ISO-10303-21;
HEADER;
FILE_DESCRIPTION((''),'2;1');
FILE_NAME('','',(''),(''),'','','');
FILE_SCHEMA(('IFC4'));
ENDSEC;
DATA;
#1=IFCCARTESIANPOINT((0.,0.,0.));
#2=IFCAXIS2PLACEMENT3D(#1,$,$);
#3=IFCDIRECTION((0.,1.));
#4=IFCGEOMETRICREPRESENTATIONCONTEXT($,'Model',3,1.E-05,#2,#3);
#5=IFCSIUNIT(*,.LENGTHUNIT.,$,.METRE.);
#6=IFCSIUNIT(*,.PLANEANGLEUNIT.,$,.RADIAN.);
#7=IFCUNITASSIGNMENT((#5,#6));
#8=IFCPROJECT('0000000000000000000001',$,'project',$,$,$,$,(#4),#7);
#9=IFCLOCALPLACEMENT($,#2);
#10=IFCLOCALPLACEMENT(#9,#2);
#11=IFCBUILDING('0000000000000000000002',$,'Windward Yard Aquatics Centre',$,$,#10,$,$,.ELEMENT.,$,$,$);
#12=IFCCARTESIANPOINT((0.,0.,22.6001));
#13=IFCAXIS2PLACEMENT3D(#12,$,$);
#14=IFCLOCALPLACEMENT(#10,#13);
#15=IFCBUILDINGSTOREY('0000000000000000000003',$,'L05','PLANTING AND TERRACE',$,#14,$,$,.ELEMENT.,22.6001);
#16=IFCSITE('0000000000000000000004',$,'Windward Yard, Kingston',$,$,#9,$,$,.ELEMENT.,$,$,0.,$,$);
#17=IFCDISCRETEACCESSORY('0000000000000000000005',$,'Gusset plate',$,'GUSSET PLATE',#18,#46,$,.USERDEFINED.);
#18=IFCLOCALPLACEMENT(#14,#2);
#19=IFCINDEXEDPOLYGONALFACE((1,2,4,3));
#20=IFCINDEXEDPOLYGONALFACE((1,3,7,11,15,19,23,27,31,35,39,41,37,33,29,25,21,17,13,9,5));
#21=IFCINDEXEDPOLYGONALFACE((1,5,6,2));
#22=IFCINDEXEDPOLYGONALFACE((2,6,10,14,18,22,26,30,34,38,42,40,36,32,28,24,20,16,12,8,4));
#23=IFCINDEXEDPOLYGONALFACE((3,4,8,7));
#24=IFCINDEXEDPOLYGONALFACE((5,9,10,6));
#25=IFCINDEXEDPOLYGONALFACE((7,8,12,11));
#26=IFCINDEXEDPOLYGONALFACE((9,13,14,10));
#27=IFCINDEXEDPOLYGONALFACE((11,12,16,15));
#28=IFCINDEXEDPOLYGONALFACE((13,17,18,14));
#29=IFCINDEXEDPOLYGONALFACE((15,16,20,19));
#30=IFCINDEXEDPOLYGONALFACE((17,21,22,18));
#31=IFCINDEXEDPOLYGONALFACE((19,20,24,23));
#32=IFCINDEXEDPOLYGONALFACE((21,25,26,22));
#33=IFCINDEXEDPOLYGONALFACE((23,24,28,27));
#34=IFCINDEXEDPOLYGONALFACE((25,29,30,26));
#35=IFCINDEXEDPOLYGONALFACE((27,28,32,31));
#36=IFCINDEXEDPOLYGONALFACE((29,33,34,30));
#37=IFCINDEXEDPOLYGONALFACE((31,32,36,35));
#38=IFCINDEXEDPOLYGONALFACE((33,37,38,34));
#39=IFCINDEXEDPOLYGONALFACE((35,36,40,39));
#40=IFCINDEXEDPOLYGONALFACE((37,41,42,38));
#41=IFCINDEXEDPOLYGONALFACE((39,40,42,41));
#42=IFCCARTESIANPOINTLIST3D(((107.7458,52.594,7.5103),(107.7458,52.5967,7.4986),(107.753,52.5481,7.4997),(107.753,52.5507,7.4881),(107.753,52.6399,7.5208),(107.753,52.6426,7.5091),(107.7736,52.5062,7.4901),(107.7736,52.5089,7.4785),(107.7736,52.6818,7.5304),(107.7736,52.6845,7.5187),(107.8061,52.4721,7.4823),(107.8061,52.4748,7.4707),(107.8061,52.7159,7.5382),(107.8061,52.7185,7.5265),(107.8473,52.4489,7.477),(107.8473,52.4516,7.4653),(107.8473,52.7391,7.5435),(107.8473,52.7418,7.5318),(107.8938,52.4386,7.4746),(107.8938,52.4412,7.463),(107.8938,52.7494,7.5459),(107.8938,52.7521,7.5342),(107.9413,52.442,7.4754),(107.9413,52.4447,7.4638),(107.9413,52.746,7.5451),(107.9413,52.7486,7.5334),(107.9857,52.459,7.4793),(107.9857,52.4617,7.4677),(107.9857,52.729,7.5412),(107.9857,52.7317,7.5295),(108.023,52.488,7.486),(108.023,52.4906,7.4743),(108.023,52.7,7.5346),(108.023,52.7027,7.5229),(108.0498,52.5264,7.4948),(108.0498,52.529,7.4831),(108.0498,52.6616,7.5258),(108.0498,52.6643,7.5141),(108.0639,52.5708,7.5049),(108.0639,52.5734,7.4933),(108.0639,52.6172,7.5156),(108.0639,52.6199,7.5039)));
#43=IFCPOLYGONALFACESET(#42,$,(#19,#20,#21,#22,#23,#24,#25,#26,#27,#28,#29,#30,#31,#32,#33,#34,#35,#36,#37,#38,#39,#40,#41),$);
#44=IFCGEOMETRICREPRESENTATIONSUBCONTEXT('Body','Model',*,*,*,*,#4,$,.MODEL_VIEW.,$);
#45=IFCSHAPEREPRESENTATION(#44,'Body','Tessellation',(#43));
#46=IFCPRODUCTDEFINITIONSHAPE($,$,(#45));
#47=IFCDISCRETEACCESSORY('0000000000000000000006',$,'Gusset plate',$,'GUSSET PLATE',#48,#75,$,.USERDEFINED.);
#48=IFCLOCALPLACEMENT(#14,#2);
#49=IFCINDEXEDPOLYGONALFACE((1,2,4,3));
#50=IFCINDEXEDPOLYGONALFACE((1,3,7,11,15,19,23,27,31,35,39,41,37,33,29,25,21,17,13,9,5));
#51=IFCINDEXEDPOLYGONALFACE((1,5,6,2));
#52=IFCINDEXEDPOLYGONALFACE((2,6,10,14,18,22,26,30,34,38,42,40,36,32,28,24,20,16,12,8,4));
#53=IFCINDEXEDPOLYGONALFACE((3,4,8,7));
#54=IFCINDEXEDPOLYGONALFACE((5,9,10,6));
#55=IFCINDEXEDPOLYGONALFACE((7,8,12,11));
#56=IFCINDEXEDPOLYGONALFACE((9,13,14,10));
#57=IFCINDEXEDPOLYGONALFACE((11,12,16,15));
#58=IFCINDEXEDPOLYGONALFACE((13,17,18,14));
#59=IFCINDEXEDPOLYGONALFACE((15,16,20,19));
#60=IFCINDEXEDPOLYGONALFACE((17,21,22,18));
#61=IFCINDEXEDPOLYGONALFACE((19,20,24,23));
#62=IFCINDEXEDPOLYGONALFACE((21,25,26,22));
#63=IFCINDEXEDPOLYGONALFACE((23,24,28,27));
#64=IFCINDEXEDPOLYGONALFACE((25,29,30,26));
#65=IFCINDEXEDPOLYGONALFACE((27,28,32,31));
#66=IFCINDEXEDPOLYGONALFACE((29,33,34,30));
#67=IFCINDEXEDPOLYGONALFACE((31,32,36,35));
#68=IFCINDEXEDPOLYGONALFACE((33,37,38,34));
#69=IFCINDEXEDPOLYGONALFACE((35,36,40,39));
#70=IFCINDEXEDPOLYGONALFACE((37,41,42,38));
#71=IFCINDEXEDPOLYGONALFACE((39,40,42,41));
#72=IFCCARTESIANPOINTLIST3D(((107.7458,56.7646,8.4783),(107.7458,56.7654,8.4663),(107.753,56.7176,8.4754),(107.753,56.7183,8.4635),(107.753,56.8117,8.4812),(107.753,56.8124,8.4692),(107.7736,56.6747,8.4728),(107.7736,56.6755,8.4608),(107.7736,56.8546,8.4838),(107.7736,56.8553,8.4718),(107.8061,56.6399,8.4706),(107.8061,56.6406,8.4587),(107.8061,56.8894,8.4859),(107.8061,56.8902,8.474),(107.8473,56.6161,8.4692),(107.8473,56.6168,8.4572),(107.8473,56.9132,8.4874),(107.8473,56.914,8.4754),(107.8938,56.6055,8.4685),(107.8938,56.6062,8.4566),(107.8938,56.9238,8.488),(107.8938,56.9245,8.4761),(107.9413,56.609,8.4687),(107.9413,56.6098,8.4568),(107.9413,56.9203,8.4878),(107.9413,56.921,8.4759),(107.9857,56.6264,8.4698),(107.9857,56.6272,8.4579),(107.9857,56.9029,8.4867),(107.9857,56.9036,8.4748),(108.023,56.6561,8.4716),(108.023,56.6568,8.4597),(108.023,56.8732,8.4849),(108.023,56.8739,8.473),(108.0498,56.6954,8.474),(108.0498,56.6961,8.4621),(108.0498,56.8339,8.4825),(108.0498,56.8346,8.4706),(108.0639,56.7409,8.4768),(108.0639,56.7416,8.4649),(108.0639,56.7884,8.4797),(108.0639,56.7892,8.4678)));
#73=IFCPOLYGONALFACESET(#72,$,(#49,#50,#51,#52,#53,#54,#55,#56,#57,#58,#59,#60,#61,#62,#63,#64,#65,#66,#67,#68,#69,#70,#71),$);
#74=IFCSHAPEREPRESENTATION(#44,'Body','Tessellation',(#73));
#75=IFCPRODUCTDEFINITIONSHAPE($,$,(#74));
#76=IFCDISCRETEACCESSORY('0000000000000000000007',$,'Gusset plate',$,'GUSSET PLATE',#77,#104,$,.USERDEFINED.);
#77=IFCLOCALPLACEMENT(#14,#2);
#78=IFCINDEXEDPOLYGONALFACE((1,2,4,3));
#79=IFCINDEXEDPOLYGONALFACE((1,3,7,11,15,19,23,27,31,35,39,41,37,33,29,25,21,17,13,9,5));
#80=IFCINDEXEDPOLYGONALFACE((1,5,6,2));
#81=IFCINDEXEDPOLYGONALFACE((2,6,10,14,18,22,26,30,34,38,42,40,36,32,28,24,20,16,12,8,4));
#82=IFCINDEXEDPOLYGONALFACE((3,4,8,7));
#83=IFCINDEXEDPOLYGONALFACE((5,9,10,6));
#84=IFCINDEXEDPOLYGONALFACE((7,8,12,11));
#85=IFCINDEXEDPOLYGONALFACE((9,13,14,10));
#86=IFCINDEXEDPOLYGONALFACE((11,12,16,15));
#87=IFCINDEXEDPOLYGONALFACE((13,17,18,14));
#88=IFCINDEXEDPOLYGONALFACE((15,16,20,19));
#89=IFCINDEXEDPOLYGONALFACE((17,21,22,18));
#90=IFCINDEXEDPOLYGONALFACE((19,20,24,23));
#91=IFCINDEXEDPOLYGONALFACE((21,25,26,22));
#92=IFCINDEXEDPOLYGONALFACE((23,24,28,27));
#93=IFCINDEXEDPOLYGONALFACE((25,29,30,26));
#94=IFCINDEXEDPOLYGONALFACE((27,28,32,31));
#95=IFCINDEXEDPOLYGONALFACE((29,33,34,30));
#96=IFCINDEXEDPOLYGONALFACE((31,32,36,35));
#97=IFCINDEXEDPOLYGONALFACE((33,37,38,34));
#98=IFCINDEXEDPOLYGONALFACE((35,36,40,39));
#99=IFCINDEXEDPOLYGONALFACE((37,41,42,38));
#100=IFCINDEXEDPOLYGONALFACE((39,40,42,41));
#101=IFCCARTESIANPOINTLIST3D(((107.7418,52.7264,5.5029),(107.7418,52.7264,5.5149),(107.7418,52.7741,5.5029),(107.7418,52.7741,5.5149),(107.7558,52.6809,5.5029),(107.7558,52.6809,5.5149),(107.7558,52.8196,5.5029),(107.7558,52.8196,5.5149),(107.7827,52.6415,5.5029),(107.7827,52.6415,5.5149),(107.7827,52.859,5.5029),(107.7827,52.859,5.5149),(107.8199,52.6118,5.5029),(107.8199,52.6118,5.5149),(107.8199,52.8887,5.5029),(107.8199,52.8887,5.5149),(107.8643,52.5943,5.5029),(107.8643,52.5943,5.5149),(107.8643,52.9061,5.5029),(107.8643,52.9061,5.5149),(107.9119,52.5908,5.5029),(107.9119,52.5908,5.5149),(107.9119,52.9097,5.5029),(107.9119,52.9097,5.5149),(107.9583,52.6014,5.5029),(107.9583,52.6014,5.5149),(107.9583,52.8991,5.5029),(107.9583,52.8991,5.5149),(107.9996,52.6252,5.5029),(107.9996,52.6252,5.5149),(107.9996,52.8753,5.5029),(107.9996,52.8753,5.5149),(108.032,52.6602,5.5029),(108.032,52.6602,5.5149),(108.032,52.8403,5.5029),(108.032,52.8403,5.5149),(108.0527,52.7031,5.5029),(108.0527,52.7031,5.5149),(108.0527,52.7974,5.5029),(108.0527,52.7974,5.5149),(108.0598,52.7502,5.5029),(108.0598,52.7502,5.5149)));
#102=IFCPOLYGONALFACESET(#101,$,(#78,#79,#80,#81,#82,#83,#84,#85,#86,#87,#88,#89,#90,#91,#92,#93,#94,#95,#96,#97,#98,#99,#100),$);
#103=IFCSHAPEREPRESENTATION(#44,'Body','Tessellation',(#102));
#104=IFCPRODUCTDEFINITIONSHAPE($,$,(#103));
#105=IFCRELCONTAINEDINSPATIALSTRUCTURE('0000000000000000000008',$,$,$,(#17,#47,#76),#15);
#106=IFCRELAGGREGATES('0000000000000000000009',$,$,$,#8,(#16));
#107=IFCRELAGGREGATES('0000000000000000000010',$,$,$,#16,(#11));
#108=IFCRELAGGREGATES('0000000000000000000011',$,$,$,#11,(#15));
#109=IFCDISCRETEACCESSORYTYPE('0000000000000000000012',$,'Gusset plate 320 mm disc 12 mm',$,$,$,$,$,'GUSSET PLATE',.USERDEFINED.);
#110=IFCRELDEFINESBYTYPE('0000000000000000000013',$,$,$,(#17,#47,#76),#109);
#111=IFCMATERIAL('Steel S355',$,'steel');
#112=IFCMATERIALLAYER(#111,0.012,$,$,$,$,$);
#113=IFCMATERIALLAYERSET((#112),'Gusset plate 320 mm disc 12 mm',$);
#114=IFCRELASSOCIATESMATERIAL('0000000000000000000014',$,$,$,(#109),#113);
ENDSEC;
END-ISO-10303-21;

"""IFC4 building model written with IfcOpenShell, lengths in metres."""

from ifc_helpers import new_model, si_unit, direction, frame, origin, origin_2d, place, context, subcontext, project, spatial, circle, extrude, material, layer, layer_set, type_object, element, save


model = new_model("IFC4")

# Units and contexts
model_context = context("Model", 3, precision=1e-05, world=origin(), true_north=direction((0.0, 1.0)))
body_context = subcontext(model_context, "Body", "Model", "MODEL_VIEW")
ifc_project = project(units=[si_unit("LENGTHUNIT", "METRE"), si_unit("PLANEANGLEUNIT", "RADIAN")], contexts=[model_context])

# Site, building, storey
site_placement = place(None, origin())
site = spatial("IfcSite", under=ifc_project, at=site_placement, Name="Windward Yard, Kingston", CompositionType="ELEMENT", RefElevation=0.0)
building_placement = place(site_placement, origin())
building = spatial("IfcBuilding", under=site, at=building_placement, Name="Windward Yard Aquatics Centre", CompositionType="ELEMENT")
storey_placement = place(building_placement, frame((0.0, 0.0, 22.6001)))
storey = spatial("IfcBuildingStorey", under=building, at=storey_placement, Name="L05", Description="PLANTING AND TERRACE", CompositionType="ELEMENT", Elevation=22.6001)

# Discrete accessories
ifc_material_1 = material(Name="Steel S355", Category="steel")
ifc_layer_1 = layer(ifc_material_1, 0.012)
ifc_layer_set_1 = layer_set([ifc_layer_1], Name="Gusset plate 320 mm disc 12 mm")
discrete_accessory_type_1 = type_object("IfcDiscreteAccessoryType", Name="Gusset plate 320 mm disc 12 mm", ElementType="GUSSET PLATE", PredefinedType="USERDEFINED", material=ifc_layer_set_1)
for number, where, z_axis, x_axis, name in (
    (1, (107.9058, 52.594, 7.5103), (0.0, 0.223376, -0.974732), (-1.0, 0.0, 0.0), "Gusset plate"),
    (2, (107.9058, 56.7646, 8.4783), (0.0, 0.06111, -0.998131), (-1.0, 0.0, 0.0), "Gusset plate"),
    (3, (107.8999, 52.7502, 5.5029), (0.0, 0.0, 1.0), (1.0, 0.0, 0.0), "Gusset plate"),
):
    element("IfcDiscreteAccessory", number, at=place(storey_placement, frame(where, z_axis=z_axis, x_axis=x_axis)), inside=storey, type_object=discrete_accessory_type_1, Name=name, ObjectType="GUSSET PLATE", PredefinedType="USERDEFINED", context=body_context, shape_type="SweptSolid", body=[
        extrude(circle(Radius=0.1599, at=origin_2d()), origin(), (0.0, 0.0, 1.0), 0.012),
    ])

save(model, "model.ifc")
